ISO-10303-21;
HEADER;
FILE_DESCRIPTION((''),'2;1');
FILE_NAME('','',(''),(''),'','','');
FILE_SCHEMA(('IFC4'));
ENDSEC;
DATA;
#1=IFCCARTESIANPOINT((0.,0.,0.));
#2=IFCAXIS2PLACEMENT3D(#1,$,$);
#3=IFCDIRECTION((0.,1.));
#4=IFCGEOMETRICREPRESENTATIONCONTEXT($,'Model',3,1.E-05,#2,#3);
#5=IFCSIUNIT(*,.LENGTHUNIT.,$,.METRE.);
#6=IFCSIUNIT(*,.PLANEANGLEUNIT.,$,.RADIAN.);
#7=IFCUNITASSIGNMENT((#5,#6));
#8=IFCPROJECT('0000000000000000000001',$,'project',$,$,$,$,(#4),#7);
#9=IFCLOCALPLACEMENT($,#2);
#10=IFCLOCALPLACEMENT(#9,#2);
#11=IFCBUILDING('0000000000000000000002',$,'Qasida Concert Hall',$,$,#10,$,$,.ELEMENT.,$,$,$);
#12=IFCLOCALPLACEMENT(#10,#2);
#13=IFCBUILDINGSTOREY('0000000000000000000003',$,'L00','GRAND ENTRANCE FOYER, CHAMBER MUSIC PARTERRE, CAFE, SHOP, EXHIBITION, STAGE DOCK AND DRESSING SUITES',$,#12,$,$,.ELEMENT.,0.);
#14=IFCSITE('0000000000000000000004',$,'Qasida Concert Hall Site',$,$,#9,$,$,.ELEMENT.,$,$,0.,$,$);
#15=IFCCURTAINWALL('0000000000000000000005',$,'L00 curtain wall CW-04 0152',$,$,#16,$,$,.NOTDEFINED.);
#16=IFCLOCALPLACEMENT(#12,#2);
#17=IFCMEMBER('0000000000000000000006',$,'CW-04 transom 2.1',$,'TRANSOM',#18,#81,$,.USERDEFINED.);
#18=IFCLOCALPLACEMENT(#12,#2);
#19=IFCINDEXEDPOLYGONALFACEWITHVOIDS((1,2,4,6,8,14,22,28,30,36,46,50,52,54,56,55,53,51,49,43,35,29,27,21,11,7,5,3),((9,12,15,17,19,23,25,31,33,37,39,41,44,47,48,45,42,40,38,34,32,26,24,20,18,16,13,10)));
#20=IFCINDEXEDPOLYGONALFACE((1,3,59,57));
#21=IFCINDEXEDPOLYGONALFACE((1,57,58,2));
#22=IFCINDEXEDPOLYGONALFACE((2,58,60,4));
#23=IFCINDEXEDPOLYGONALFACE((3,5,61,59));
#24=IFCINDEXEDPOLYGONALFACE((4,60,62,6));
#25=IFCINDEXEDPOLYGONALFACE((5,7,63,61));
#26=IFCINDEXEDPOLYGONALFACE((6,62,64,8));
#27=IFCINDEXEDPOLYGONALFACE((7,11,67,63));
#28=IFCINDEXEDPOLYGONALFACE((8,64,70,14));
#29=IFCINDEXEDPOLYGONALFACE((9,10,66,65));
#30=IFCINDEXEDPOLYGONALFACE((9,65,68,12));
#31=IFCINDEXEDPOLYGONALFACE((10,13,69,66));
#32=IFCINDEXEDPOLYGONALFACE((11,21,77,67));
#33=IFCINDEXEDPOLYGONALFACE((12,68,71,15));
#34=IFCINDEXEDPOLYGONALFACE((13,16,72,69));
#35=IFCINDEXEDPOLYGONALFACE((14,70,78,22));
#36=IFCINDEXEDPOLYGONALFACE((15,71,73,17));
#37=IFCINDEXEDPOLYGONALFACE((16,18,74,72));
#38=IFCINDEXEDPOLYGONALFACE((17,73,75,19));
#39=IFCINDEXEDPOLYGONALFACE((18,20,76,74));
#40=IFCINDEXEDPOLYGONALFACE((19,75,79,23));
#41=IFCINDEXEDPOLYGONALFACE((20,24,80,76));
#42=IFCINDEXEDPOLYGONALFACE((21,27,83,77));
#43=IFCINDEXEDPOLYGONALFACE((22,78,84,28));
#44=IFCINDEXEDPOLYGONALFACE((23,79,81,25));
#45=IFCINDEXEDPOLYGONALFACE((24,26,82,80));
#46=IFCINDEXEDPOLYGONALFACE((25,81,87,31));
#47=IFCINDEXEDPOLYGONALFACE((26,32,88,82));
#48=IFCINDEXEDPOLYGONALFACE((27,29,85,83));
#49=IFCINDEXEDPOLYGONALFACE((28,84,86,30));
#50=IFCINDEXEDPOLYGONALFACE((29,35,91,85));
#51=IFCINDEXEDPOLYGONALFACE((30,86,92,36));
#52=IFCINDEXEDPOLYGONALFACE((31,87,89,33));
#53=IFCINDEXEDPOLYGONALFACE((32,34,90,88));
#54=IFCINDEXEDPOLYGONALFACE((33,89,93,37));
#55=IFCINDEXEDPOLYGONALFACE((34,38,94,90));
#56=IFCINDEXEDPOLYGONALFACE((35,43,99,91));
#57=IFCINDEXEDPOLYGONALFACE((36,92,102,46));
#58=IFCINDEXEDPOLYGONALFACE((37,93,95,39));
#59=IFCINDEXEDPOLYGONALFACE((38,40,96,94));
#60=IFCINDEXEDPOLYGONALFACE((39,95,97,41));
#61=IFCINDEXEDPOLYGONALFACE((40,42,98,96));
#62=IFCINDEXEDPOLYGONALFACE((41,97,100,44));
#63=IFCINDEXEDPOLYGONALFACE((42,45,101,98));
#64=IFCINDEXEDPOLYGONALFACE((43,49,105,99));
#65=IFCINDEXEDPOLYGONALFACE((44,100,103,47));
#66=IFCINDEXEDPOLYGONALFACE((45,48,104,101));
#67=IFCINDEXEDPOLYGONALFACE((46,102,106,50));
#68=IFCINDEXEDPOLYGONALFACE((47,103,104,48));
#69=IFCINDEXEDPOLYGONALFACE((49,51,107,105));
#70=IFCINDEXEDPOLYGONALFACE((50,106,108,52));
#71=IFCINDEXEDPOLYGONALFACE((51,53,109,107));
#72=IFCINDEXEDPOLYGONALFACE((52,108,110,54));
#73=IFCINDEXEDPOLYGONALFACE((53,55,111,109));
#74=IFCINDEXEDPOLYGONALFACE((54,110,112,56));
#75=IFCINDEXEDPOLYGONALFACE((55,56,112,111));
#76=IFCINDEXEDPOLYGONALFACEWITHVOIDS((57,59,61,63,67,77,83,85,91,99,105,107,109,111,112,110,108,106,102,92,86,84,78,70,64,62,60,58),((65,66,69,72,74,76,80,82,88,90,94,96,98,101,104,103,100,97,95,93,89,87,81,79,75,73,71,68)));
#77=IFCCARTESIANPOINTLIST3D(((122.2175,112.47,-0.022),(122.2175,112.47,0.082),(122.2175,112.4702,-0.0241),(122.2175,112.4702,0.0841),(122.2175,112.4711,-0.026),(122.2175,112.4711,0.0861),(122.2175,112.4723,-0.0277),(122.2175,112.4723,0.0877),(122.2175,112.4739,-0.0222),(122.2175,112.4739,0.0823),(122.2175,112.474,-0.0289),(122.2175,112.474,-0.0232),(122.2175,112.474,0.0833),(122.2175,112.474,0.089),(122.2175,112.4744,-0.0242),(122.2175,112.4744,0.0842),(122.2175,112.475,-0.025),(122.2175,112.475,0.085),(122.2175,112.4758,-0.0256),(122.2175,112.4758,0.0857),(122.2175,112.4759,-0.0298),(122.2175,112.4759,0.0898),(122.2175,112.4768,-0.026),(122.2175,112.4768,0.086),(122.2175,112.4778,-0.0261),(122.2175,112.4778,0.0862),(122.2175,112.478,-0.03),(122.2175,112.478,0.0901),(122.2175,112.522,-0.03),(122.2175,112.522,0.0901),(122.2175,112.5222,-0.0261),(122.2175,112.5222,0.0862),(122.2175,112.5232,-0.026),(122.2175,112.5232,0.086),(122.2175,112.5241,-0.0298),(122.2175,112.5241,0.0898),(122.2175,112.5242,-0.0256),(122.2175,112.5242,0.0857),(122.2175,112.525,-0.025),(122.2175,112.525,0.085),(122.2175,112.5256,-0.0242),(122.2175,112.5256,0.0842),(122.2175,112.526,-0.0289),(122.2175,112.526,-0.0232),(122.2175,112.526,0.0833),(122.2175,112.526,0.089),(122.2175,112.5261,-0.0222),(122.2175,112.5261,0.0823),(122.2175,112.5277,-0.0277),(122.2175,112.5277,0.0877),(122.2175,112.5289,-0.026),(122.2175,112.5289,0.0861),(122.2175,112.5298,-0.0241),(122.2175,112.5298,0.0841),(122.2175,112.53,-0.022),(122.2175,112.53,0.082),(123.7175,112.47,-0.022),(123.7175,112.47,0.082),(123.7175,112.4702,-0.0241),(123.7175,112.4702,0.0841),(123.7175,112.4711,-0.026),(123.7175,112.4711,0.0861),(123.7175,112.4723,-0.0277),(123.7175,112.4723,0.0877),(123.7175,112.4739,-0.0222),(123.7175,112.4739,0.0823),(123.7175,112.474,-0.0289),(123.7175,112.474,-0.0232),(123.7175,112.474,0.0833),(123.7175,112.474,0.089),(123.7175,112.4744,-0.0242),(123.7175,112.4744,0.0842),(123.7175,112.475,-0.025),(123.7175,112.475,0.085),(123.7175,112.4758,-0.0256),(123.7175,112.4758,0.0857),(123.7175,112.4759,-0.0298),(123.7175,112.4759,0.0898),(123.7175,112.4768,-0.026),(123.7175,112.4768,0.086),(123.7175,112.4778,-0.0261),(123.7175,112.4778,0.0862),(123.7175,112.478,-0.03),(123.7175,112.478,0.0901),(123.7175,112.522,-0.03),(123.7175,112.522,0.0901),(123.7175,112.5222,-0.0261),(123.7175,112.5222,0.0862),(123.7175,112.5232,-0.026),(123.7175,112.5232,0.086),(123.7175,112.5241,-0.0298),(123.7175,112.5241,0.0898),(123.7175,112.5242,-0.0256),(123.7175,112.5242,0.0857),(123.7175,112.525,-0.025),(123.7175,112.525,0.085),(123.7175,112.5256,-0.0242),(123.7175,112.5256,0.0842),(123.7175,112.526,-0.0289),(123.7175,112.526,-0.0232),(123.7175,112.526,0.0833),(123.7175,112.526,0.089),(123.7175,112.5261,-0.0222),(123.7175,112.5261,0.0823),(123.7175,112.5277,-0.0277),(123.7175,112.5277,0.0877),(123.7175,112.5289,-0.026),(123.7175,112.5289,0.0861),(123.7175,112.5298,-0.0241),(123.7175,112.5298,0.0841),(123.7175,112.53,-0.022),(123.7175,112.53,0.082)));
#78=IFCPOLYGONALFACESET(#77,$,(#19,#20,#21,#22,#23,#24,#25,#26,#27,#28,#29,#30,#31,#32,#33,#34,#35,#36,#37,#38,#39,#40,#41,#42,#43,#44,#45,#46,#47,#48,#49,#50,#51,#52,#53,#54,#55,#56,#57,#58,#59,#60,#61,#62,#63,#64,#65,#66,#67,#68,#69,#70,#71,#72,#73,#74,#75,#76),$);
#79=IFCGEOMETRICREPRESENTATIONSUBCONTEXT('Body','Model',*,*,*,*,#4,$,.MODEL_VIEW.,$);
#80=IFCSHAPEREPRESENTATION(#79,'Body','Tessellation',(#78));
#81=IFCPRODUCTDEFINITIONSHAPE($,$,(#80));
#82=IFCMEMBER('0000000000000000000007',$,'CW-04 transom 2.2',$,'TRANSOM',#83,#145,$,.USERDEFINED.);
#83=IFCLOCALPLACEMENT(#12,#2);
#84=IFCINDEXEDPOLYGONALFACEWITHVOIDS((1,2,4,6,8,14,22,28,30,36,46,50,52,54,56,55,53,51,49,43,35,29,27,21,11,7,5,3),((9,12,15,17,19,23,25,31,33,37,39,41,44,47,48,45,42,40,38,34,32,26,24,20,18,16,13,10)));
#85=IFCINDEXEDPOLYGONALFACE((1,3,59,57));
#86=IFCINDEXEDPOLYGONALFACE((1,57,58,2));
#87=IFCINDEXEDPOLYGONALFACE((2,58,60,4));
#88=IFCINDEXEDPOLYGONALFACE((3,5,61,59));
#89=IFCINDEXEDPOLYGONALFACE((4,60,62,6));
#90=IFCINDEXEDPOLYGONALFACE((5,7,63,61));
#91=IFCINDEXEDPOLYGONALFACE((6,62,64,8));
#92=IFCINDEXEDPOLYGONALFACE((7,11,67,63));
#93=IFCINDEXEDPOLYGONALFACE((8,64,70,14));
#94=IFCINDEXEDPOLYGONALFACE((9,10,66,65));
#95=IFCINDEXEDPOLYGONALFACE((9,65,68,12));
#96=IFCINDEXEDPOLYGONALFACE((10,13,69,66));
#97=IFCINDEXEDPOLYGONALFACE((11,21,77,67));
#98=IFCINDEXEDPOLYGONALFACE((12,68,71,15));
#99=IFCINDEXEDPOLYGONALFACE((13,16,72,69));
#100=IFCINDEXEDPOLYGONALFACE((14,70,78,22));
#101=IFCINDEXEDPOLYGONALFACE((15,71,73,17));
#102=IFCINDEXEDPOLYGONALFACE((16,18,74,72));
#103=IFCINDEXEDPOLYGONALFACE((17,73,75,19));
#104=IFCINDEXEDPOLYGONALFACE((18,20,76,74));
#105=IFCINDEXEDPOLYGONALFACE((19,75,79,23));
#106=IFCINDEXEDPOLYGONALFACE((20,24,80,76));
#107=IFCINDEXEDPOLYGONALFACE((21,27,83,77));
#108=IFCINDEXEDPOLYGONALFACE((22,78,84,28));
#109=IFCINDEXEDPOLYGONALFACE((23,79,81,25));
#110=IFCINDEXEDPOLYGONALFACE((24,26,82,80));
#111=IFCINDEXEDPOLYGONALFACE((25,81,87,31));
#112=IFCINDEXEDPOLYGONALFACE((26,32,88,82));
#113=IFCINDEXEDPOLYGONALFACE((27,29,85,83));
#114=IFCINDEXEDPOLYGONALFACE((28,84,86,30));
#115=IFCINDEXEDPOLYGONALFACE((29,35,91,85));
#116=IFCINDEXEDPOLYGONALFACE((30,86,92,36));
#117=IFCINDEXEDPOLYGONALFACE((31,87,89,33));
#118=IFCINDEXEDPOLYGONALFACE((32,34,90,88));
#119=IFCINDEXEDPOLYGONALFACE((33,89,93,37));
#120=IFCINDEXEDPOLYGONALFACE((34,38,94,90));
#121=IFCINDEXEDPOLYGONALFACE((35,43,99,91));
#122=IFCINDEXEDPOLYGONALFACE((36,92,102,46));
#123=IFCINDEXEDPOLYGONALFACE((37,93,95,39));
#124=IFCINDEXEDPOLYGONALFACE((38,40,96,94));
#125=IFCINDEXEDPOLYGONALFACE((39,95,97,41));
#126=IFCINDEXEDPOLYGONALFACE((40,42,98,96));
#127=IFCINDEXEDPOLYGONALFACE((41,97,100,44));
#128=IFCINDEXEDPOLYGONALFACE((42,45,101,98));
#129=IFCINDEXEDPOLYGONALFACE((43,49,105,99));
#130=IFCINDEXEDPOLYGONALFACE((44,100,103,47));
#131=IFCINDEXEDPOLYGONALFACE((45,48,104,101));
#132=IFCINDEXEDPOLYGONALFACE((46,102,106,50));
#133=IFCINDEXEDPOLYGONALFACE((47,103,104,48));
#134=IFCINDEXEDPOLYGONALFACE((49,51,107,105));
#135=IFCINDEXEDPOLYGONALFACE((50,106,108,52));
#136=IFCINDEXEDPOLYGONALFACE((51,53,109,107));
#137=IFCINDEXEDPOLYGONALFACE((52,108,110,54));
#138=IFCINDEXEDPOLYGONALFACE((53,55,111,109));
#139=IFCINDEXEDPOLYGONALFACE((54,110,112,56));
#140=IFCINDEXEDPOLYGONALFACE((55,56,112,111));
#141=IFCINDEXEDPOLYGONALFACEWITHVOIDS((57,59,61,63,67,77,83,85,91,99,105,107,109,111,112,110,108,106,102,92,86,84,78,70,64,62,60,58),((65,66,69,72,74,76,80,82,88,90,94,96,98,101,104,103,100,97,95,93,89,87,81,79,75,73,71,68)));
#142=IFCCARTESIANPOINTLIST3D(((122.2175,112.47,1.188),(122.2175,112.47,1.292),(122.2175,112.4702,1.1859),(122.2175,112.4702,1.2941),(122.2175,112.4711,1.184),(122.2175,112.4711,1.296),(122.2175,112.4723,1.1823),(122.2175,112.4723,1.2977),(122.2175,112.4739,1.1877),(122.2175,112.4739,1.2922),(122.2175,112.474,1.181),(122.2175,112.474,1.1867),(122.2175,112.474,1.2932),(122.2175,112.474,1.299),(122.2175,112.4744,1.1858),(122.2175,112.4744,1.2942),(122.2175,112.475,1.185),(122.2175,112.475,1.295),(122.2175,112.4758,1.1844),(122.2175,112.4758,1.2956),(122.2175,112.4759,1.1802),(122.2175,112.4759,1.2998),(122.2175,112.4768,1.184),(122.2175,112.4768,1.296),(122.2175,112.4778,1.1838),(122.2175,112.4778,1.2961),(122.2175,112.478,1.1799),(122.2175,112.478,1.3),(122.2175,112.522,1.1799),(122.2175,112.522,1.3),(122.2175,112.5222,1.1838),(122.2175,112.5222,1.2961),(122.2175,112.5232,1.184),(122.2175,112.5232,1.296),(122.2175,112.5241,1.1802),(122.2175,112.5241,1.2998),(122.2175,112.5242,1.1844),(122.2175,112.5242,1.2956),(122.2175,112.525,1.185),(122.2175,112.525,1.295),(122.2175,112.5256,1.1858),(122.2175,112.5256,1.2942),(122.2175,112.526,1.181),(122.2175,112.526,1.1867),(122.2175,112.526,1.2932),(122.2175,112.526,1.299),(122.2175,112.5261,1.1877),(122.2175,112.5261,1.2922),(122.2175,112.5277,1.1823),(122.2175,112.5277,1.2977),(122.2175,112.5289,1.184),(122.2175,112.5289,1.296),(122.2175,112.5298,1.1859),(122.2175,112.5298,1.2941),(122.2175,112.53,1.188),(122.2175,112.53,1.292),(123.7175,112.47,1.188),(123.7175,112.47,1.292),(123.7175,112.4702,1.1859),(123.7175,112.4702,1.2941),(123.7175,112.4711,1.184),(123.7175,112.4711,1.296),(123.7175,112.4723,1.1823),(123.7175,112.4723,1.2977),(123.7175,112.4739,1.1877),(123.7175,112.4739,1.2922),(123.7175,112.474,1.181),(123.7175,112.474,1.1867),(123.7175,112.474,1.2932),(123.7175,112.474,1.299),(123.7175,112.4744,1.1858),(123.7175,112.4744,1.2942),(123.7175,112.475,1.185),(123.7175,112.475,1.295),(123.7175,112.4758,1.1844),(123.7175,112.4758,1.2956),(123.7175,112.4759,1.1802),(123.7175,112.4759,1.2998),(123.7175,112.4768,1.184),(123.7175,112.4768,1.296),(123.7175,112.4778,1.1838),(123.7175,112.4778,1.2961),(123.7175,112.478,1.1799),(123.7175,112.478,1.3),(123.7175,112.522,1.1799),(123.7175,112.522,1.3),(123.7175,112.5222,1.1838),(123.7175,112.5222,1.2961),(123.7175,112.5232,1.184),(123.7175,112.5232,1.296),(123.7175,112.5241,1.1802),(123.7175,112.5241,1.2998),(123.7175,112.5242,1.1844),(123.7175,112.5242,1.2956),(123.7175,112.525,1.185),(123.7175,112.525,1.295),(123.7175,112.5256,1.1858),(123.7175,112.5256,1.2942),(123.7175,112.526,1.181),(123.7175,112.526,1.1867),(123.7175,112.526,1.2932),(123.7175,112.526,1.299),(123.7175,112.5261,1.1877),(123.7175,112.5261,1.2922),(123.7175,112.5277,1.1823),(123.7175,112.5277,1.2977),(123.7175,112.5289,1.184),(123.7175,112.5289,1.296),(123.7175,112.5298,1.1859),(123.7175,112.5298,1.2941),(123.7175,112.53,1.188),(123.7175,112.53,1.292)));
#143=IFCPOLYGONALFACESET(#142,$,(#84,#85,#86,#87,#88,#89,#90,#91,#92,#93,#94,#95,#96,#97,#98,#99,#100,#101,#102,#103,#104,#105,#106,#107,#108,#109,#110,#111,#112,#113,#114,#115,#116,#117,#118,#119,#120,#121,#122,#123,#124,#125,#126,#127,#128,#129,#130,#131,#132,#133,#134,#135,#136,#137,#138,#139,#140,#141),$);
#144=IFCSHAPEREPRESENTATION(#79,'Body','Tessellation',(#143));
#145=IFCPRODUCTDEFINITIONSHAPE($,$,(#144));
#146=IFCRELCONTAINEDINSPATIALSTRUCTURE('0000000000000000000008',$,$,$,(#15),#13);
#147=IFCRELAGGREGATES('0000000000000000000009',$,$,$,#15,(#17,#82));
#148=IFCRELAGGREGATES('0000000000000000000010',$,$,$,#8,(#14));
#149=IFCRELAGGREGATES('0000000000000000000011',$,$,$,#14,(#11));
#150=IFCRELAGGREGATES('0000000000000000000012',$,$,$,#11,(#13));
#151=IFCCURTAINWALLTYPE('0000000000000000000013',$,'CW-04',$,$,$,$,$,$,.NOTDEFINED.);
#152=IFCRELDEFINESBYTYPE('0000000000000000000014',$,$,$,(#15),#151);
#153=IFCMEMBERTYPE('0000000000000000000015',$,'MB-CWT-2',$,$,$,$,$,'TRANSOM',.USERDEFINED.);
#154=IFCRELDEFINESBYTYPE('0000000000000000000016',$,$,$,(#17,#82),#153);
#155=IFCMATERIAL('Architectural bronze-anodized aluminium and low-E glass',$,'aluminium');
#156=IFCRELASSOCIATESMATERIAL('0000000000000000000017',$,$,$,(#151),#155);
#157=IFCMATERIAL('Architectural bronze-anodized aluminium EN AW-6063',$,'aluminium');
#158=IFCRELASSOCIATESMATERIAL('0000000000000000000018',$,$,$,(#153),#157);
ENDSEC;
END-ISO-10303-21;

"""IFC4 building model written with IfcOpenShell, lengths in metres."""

from ifc_helpers import new_model, si_unit, direction, frame, origin, origin_2d, place, context, subcontext, project, spatial, hollow_rectangle, extrude, material, material_profile, profile_set, type_object, element, aggregate, save


model = new_model("IFC4")

# Units and contexts
model_context = context("Model", 3, precision=1e-05, world=origin(), true_north=direction((0.0, 1.0)))
body_context = subcontext(model_context, "Body", "Model", "MODEL_VIEW")
ifc_project = project(units=[si_unit("LENGTHUNIT", "METRE"), si_unit("PLANEANGLEUNIT", "RADIAN")], contexts=[model_context])

# Site, building, storey
site_placement = place(None, origin())
site = spatial("IfcSite", under=ifc_project, at=site_placement, Name="Qasida Concert Hall Site", CompositionType="ELEMENT", RefElevation=0.0)
building_placement = place(site_placement, origin())
building = spatial("IfcBuilding", under=site, at=building_placement, Name="Qasida Concert Hall", CompositionType="ELEMENT")
storey_placement = place(building_placement, origin())
storey = spatial("IfcBuildingStorey", under=building, at=storey_placement, Name="L00", Description="GRAND ENTRANCE FOYER, CHAMBER MUSIC PARTERRE, CAFE, SHOP, EXHIBITION, STAGE DOCK AND DRESSING SUITES", CompositionType="ELEMENT", Elevation=0.0)

# Curtain wall, members
ifc_material_1 = material(Name="Architectural bronze-anodized aluminium and low-E glass", Category="aluminium")
curtain_wall_type = type_object("IfcCurtainWallType", Name="CW-04", PredefinedType="NOTDEFINED", material=ifc_material_1)
curtain_wall_placement = place(storey_placement, origin())
curtain_wall = element("IfcCurtainWall", 1, at=curtain_wall_placement, inside=storey, type_object=curtain_wall_type, Name="L00 curtain wall CW-04 0152", PredefinedType="NOTDEFINED")
ifc_material_2 = material(Name="Architectural bronze-anodized aluminium EN AW-6063", Category="aluminium")
ifc_material_profile_1 = material_profile(ifc_material_2, hollow_rectangle(XDim=0.0601, YDim=0.1201, WallThickness=0.0039, InnerFilletRadius=0.0039, OuterFilletRadius=0.0081, at=origin_2d()), Name="CWT 120x60x4")
ifc_profile_set_1 = profile_set([ifc_material_profile_1], Name="Architectural bronze-anodized aluminium EN AW-6063")
member_type_1 = type_object("IfcMemberType", Name="MB-CWT-2", ElementType="TRANSOM", PredefinedType="USERDEFINED", material=ifc_profile_set_1)
member_1_placement = place(storey_placement, frame((122.2175, 112.5, 0.03), z_axis=(1.0, 0.0, 0.0), x_axis=(0.0, 1.0, 0.0)))
member_1 = element("IfcMember", 2, at=member_1_placement, type_object=member_type_1, Name="CW-04 transom 2.1", ObjectType="TRANSOM", PredefinedType="USERDEFINED", context=body_context, shape_type="SweptSolid", body=[
    extrude(hollow_rectangle(XDim=0.0601, YDim=0.1201, WallThickness=0.0039, InnerFilletRadius=0.0039, OuterFilletRadius=0.0081, at=origin_2d()), origin(), (0.0, 0.0, 1.0), 1.5),
])
member_2_placement = place(storey_placement, frame((122.2175, 112.5, 1.24), z_axis=(1.0, 0.0, 0.0), x_axis=(0.0, 1.0, 0.0)))
member_2 = element("IfcMember", 3, at=member_2_placement, type_object=member_type_1, Name="CW-04 transom 2.2", ObjectType="TRANSOM", PredefinedType="USERDEFINED", context=body_context, shape_type="SweptSolid", body=[
    extrude(hollow_rectangle(XDim=0.0601, YDim=0.1201, WallThickness=0.0039, InnerFilletRadius=0.0039, OuterFilletRadius=0.0081, at=origin_2d()), origin(), (0.0, 0.0, 1.0), 1.5),
])
aggregate(curtain_wall, [member_1, member_2])

save(model, "model.ifc")
